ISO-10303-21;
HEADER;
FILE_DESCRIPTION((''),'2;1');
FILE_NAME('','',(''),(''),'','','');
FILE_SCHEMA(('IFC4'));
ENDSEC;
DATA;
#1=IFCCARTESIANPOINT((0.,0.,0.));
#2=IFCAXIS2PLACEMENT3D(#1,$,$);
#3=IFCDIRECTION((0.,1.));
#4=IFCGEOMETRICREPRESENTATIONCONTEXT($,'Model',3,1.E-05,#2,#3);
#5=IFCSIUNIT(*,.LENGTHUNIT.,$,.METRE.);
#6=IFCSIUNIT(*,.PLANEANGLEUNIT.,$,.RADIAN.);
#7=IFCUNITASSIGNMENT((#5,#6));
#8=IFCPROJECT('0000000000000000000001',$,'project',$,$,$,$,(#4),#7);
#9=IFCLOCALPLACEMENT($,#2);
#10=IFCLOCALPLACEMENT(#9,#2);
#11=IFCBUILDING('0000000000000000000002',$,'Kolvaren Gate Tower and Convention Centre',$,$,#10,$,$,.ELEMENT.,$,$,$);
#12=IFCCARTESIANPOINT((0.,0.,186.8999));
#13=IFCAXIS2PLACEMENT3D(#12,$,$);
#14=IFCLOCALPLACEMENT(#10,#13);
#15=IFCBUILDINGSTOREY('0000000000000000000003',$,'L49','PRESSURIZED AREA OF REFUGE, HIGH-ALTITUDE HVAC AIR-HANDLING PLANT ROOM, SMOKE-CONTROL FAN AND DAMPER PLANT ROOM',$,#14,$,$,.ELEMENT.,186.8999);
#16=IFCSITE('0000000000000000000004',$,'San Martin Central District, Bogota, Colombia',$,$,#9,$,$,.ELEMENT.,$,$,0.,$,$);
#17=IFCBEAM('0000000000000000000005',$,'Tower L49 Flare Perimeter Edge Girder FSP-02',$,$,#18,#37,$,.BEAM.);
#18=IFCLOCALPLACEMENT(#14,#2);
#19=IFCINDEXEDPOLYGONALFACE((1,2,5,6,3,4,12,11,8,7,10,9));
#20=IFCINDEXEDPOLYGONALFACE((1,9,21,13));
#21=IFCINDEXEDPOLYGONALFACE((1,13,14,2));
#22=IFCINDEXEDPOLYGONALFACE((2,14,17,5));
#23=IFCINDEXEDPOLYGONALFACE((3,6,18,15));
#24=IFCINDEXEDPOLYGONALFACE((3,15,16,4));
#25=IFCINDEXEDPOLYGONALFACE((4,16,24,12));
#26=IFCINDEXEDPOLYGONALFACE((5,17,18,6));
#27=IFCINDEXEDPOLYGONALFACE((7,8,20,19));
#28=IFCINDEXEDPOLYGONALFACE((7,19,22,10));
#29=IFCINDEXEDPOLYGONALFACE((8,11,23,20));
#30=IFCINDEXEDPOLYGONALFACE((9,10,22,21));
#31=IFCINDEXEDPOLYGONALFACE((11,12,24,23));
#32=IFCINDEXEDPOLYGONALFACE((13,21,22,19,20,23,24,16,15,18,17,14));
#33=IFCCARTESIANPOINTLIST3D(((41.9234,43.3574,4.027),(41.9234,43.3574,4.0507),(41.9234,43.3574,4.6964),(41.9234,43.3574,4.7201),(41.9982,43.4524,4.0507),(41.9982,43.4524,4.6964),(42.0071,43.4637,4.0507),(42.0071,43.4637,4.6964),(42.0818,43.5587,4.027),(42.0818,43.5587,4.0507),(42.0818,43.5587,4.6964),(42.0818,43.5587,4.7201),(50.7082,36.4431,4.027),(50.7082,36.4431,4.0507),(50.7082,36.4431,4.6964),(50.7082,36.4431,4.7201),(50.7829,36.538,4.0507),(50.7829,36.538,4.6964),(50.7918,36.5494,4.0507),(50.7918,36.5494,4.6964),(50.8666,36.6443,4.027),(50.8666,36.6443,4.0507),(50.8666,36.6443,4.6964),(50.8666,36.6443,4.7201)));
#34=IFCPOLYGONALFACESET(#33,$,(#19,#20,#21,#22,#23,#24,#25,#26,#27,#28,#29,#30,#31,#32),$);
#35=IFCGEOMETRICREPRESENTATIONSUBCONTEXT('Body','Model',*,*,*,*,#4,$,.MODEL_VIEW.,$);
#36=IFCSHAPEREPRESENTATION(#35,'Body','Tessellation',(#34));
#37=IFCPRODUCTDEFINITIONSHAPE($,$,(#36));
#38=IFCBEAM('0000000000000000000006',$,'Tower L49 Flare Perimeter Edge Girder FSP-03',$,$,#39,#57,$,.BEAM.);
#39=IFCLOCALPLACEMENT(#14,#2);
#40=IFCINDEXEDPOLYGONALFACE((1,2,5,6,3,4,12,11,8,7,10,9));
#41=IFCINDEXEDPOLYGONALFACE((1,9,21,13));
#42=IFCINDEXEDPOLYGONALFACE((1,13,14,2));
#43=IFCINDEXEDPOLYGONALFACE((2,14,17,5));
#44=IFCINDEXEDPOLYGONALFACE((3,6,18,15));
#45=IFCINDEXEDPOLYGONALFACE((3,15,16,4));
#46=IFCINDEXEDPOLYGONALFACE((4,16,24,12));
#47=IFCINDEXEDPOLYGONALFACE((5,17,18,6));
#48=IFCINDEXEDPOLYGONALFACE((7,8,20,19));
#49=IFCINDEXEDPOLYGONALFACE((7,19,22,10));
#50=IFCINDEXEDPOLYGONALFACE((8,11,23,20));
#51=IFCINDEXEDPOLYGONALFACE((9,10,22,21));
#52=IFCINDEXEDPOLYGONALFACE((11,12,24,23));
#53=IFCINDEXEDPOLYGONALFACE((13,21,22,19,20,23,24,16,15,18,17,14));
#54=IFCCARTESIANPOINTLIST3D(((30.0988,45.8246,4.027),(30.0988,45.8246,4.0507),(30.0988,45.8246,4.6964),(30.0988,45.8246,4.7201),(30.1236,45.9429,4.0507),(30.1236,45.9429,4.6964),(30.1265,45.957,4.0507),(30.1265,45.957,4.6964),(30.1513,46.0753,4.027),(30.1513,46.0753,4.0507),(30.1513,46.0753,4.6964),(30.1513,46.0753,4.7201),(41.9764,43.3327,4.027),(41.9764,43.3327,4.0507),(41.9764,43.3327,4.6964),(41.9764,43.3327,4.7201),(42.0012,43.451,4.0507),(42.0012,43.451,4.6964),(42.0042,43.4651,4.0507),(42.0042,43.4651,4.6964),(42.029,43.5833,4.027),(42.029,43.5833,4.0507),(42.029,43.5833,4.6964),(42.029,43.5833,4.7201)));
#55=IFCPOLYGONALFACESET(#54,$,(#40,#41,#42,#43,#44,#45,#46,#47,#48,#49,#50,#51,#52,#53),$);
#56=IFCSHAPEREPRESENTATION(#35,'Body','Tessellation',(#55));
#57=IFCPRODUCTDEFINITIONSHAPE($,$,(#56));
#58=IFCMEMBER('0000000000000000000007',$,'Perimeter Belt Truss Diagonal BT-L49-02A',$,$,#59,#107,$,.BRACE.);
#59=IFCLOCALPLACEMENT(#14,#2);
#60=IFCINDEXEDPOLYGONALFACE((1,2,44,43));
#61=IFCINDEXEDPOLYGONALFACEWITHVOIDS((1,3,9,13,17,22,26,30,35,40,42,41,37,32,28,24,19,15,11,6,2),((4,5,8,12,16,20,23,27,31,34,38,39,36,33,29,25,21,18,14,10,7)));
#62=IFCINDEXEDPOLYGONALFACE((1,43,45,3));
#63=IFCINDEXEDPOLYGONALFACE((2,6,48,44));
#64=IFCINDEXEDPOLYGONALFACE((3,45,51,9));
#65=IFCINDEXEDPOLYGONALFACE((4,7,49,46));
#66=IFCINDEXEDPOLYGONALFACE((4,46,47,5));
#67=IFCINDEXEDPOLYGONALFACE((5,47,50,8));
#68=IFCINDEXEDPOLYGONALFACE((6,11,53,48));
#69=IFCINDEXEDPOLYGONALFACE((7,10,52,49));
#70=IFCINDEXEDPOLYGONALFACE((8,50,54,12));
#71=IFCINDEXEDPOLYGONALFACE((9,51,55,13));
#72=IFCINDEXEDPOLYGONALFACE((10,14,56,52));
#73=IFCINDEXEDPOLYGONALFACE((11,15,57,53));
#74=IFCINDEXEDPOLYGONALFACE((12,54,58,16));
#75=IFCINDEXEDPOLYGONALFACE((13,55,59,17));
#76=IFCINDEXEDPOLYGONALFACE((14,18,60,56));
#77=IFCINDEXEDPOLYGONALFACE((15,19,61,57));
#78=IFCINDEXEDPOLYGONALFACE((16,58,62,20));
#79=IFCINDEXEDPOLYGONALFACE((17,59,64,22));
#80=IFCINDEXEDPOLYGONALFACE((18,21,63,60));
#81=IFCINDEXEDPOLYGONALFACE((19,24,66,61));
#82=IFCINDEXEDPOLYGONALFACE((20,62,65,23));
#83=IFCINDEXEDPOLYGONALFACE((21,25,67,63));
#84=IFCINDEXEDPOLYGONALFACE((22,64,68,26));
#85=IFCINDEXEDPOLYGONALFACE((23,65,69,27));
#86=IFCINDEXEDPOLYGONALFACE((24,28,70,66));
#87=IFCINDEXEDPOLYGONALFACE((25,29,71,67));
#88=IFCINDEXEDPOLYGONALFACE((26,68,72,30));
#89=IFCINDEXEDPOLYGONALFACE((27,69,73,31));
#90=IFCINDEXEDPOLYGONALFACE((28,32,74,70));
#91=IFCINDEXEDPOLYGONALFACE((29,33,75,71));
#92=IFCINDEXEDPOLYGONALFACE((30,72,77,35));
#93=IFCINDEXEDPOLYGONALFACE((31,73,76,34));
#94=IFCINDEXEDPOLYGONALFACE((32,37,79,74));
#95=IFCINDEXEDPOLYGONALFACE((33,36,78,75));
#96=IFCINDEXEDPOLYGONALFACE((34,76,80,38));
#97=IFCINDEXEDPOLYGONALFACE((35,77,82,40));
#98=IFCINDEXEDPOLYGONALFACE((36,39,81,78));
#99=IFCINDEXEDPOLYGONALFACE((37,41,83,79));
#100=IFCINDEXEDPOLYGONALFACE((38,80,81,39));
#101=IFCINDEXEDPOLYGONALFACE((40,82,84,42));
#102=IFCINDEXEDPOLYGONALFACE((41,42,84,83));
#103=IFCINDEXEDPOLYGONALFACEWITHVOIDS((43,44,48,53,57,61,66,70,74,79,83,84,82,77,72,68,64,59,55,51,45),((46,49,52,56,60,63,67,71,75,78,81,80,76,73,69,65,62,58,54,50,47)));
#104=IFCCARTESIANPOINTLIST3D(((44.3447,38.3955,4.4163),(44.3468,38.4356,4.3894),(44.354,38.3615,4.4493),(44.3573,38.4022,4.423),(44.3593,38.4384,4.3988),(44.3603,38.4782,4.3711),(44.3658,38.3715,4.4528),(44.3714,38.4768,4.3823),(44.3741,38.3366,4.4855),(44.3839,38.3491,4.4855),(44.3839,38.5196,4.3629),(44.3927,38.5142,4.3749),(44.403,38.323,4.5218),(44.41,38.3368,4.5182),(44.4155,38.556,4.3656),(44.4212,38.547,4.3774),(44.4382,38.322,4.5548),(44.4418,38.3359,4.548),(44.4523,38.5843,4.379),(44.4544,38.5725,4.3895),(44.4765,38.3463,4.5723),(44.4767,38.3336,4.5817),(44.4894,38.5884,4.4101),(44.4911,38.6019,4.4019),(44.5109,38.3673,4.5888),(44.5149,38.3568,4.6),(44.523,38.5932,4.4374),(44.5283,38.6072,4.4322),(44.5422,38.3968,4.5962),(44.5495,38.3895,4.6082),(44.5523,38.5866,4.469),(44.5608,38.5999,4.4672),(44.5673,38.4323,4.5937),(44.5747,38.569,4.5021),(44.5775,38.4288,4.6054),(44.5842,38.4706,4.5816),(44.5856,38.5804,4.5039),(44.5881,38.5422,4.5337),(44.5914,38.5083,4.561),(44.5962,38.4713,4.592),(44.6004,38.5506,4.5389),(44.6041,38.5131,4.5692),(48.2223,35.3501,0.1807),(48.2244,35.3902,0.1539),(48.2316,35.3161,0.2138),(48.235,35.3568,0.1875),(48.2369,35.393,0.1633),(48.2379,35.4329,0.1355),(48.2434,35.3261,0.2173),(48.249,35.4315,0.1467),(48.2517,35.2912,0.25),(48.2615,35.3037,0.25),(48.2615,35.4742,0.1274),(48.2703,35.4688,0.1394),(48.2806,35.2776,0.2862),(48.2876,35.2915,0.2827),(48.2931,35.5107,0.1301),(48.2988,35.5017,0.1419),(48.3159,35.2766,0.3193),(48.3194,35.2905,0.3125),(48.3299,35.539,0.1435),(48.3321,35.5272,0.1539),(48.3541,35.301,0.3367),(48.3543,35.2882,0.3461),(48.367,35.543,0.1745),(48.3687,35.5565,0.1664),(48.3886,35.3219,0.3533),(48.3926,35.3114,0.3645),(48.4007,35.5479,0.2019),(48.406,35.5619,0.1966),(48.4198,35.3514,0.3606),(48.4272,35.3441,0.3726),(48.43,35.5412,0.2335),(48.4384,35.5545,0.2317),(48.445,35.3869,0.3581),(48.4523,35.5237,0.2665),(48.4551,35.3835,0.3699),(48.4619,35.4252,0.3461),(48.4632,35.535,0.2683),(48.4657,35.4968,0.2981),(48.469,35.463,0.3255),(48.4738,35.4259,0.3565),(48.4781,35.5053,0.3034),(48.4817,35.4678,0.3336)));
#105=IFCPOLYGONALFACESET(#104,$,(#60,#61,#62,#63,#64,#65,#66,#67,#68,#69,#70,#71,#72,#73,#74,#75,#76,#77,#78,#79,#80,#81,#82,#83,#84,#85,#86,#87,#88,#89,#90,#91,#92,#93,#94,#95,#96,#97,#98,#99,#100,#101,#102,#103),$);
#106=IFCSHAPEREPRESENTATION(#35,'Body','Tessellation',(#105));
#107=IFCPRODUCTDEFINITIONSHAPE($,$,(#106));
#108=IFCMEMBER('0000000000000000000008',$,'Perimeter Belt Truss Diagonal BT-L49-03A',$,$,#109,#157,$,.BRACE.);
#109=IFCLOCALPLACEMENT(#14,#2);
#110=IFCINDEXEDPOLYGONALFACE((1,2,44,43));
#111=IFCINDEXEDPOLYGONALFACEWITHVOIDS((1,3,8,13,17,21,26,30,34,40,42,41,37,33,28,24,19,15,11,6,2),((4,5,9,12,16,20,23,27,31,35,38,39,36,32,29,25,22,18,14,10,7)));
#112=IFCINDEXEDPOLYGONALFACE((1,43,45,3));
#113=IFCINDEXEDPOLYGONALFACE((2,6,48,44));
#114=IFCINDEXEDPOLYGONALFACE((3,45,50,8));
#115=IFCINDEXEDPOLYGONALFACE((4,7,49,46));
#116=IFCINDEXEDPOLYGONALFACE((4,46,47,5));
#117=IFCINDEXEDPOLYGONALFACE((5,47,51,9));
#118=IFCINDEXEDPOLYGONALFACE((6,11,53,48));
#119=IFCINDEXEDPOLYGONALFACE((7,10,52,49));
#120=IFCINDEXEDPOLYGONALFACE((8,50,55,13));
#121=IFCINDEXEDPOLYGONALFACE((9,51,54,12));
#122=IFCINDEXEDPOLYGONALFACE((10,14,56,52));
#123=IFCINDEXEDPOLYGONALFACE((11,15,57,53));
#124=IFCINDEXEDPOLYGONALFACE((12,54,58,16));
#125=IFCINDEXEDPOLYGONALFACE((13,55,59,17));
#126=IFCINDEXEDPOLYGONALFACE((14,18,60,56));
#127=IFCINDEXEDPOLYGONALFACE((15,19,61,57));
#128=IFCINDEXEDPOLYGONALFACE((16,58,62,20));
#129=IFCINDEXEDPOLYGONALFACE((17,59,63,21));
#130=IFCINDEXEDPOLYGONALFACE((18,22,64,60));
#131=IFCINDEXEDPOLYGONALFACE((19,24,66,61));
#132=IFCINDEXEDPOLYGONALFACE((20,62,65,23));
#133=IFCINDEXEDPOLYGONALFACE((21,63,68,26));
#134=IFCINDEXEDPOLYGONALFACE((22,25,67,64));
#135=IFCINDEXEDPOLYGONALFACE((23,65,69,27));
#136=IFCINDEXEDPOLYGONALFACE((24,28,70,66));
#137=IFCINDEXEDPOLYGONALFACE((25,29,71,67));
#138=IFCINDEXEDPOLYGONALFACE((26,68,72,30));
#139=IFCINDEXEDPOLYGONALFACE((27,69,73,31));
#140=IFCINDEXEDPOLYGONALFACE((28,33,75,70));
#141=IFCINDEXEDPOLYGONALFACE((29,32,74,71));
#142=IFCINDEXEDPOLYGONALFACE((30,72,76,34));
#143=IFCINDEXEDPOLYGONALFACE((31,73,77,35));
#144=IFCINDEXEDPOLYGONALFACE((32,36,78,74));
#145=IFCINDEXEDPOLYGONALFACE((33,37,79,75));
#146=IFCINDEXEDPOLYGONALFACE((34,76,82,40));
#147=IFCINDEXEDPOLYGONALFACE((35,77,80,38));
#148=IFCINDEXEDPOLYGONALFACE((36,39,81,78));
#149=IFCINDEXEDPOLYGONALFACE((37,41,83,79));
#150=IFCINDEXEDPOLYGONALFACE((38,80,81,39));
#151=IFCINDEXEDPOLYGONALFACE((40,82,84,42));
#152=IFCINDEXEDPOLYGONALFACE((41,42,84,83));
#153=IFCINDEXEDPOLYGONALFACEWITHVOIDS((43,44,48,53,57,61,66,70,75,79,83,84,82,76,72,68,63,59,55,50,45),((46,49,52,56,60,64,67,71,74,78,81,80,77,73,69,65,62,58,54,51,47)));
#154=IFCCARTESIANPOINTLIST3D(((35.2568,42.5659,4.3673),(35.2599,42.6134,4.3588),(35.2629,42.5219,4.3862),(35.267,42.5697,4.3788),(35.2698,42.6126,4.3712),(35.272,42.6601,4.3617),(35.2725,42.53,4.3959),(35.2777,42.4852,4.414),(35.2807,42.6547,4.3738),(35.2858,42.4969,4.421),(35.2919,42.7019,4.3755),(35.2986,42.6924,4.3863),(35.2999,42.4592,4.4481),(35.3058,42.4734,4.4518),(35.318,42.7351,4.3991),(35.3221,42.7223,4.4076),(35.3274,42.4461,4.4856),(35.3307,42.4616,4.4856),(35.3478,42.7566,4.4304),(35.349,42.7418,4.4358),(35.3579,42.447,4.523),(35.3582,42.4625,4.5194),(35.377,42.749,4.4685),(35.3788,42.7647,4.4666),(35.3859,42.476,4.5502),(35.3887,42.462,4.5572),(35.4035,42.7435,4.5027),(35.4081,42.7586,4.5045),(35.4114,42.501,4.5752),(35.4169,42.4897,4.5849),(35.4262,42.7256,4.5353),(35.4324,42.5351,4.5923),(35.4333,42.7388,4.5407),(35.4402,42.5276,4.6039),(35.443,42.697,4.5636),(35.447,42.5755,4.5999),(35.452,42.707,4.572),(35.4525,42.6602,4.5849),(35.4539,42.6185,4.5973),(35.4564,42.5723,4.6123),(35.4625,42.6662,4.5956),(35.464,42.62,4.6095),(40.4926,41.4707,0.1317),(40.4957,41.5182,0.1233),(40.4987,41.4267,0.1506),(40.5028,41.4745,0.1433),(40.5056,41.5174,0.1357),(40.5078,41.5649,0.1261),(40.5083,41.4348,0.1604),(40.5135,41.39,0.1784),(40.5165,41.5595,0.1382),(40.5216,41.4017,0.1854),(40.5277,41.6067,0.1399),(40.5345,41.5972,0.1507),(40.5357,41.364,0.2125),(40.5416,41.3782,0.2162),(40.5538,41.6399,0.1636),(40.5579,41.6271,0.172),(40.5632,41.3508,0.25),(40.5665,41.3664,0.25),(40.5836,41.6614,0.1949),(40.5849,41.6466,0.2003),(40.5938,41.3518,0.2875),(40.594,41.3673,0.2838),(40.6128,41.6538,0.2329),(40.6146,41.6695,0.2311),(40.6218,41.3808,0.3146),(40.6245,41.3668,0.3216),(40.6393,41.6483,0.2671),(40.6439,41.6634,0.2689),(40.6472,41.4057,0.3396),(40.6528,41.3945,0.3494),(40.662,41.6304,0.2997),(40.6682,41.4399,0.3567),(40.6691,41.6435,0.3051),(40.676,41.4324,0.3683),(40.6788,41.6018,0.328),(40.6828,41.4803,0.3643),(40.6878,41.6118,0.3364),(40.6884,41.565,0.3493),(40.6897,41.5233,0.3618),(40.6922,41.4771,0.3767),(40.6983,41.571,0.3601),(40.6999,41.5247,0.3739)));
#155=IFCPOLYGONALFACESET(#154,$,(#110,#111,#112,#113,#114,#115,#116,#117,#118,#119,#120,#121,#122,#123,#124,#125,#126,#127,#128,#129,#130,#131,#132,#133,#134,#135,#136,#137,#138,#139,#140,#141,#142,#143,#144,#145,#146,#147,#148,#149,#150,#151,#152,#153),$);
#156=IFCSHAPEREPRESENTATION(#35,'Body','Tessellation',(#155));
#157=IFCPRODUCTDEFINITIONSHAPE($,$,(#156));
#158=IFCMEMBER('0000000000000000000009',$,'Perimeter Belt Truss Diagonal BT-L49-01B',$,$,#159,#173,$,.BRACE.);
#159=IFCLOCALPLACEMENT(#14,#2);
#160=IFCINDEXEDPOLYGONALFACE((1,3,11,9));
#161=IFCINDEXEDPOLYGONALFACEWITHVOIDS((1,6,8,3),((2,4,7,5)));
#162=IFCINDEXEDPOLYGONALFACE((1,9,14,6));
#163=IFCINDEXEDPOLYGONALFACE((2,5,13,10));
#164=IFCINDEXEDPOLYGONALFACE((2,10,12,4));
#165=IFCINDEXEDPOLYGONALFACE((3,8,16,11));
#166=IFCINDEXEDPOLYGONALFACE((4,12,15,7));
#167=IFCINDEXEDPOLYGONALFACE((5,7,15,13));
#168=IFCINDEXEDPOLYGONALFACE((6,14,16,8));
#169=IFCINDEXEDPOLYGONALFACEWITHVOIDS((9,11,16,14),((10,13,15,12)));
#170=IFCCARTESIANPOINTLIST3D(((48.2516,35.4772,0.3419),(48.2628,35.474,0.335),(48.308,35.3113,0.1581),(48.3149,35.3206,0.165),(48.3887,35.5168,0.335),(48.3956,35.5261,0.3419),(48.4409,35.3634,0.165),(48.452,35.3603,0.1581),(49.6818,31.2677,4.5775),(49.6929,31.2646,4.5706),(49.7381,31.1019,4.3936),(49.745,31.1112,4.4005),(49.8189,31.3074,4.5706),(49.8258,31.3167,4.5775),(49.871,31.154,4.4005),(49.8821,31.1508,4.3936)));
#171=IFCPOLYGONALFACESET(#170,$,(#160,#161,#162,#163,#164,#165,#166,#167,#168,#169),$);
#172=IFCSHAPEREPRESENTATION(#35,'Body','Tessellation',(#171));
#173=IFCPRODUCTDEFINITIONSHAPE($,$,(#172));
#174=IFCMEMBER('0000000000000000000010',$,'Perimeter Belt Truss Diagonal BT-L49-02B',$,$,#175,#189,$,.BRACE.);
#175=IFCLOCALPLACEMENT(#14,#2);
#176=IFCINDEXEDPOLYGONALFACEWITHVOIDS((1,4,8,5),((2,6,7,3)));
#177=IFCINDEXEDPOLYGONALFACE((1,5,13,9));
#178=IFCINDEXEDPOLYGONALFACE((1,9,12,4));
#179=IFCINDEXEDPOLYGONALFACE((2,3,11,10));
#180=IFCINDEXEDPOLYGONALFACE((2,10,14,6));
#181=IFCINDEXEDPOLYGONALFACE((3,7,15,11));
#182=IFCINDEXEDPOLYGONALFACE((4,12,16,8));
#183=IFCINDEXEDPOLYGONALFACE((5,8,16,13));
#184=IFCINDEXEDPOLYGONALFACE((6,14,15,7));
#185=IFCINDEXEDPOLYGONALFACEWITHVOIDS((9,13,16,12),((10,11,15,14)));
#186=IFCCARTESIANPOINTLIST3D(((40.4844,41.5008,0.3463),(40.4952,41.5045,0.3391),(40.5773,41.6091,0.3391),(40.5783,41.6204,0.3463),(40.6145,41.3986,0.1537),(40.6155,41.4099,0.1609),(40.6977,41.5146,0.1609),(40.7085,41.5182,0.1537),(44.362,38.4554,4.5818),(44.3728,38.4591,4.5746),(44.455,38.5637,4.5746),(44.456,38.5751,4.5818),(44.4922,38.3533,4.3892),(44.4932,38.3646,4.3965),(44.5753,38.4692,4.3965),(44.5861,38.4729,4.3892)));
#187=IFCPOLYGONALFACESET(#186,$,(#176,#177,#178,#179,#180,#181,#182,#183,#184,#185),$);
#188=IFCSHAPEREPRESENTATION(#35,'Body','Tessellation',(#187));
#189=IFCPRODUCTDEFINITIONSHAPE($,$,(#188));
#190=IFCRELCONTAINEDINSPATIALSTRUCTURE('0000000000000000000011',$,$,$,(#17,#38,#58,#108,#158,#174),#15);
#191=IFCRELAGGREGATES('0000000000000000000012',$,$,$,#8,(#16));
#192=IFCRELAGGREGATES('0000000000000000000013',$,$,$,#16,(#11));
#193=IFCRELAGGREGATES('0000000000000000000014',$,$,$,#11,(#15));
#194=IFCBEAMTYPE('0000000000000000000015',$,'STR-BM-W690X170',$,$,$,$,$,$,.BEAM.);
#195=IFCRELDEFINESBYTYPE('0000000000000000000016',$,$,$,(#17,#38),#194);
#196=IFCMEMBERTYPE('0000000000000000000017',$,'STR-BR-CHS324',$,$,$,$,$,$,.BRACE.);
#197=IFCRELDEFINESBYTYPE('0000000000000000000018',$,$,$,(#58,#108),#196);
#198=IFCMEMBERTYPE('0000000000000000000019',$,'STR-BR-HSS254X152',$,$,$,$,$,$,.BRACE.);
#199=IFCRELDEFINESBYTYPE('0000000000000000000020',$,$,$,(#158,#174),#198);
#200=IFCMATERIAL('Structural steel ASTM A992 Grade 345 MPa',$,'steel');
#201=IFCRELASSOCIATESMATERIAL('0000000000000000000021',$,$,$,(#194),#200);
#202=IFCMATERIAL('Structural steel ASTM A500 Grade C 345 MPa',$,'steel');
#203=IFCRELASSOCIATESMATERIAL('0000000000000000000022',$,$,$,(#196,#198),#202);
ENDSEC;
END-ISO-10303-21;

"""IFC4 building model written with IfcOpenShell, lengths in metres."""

from ifc_helpers import new_model, si_unit, direction, frame, origin, origin_2d, place, context, subcontext, project, spatial, hollow_rectangle, hollow_circle, i_section, extrude, material, material_profile, profile_set, type_object, element, save


model = new_model("IFC4")

# Units and contexts
model_context = context("Model", 3, precision=1e-05, world=origin(), true_north=direction((0.0, 1.0)))
body_context = subcontext(model_context, "Body", "Model", "MODEL_VIEW")
ifc_project = project(units=[si_unit("LENGTHUNIT", "METRE"), si_unit("PLANEANGLEUNIT", "RADIAN")], contexts=[model_context])

# Site, building, storey
site_placement = place(None, origin())
site = spatial("IfcSite", under=ifc_project, at=site_placement, Name="San Martin Central District, Bogota, Colombia", CompositionType="ELEMENT", RefElevation=0.0)
building_placement = place(site_placement, origin())
building = spatial("IfcBuilding", under=site, at=building_placement, Name="Kolvaren Gate Tower and Convention Centre", CompositionType="ELEMENT")
storey_placement = place(building_placement, frame((0.0, 0.0, 186.8999)))
storey = spatial("IfcBuildingStorey", under=building, at=storey_placement, Name="L49", Description="PRESSURIZED AREA OF REFUGE, HIGH-ALTITUDE HVAC AIR-HANDLING PLANT ROOM, SMOKE-CONTROL FAN AND DAMPER PLANT ROOM", CompositionType="ELEMENT", Elevation=186.8999)

# Beams
ifc_material_1 = material(Name="Structural steel ASTM A992 Grade 345 MPa", Category="steel")
ifc_material_profile_1 = material_profile(ifc_material_1, i_section(OverallWidth=0.2561, OverallDepth=0.6931, WebThickness=0.0144, FlangeThickness=0.0237, at=origin_2d()), Name="W690X170")
ifc_profile_set_1 = profile_set([ifc_material_profile_1], Name="Structural steel ASTM A992 Grade 345 MPa")
beam_type_1 = type_object("IfcBeamType", Name="STR-BM-W690X170", PredefinedType="BEAM", material=ifc_profile_set_1)
beam_1_placement = place(storey_placement, frame((50.7874, 36.5437, 4.3735), z_axis=(-0.785794, 0.618489, 0.0), x_axis=(-0.618489, -0.785794, 0.0)))
element("IfcBeam", 1, at=beam_1_placement, inside=storey, type_object=beam_type_1, Name="Tower L49 Flare Perimeter Edge Girder FSP-02", PredefinedType="BEAM", context=body_context, shape_type="SweptSolid", body=[
    extrude(i_section(OverallWidth=0.2561, OverallDepth=0.6931, WebThickness=0.0144, FlangeThickness=0.0237, at=origin_2d()), origin(), (0.0, 0.0, 1.0), 11.1794),
])
beam_2_placement = place(storey_placement, frame((42.0027, 43.458, 4.3735), z_axis=(-0.978693, 0.20533, 0.0), x_axis=(-0.20533, -0.978693, 0.0)))
element("IfcBeam", 2, at=beam_2_placement, inside=storey, type_object=beam_type_1, Name="Tower L49 Flare Perimeter Edge Girder FSP-03", PredefinedType="BEAM", context=body_context, shape_type="SweptSolid", body=[
    extrude(i_section(OverallWidth=0.2561, OverallDepth=0.6931, WebThickness=0.0144, FlangeThickness=0.0237, at=origin_2d()), origin(), (0.0, 0.0, 1.0), 12.1362),
])

# Members
ifc_material_2 = material(Name="Structural steel ASTM A500 Grade C 345 MPa", Category="steel")
ifc_material_profile_2 = material_profile(ifc_material_2, hollow_circle(Radius=0.1621, WallThickness=0.0159, at=origin_2d()), Name="CHS324X15.9")
ifc_profile_set_2 = profile_set([ifc_material_profile_2], Name="Structural steel ASTM A500 Grade C 345 MPa")
member_type_1 = type_object("IfcMemberType", Name="STR-BR-CHS324", PredefinedType="BRACE", material=ifc_profile_set_2)
member_1_placement = place(storey_placement, frame((48.3518, 35.4187, 0.25), z_axis=(-0.596558, 0.468518, 0.651621), x_axis=(-0.617653, -0.786451, 0.0)))
element("IfcMember", 3, at=member_1_placement, inside=storey, type_object=member_type_1, Name="Perimeter Belt Truss Diagonal BT-L49-02A", PredefinedType="BRACE", context=body_context, shape_type="SweptSolid", body=[
    extrude(hollow_circle(Radius=0.1621, WallThickness=0.0159, at=origin_2d()), origin(), (0.0, 0.0, 1.0), 6.5),
])
member_2_placement = place(storey_placement, frame((40.5964, 41.5095, 0.25), z_axis=(-0.767377, 0.160517, 0.620779), x_axis=(-0.204745, -0.978815, 0.0)))
element("IfcMember", 4, at=member_2_placement, inside=storey, type_object=member_type_1, Name="Perimeter Belt Truss Diagonal BT-L49-03A", PredefinedType="BRACE", context=body_context, shape_type="SweptSolid", body=[
    extrude(hollow_circle(Radius=0.1621, WallThickness=0.0159, at=origin_2d()), origin(), (0.0, 0.0, 1.0), 6.823),
])
ifc_material_profile_3 = material_profile(ifc_material_2, hollow_rectangle(XDim=0.1521, YDim=0.2539, WallThickness=0.0095, at=origin_2d()), Name="HSS254X152X9.5")
ifc_profile_set_3 = profile_set([ifc_material_profile_3], Name="Structural steel ASTM A500 Grade C 345 MPa")
member_type_2 = type_object("IfcMemberType", Name="STR-BR-HSS254X152", PredefinedType="BRACE", material=ifc_profile_set_3)
member_3_placement = place(storey_placement, frame((48.3518, 35.4187, 0.25), z_axis=(0.23291, -0.68553, 0.689784), x_axis=(0.946844, 0.321692, 0.0)))
element("IfcMember", 5, at=member_3_placement, inside=storey, type_object=member_type_2, Name="Perimeter Belt Truss Diagonal BT-L49-01B", PredefinedType="BRACE", context=body_context, shape_type="SweptSolid", body=[
    extrude(hollow_rectangle(XDim=0.1521, YDim=0.2539, WallThickness=0.0095, at=origin_2d()), origin(), (0.0, 0.0, 1.0), 6.1404),
])
member_4_placement = place(storey_placement, frame((40.5964, 41.5095, 0.25), z_axis=(0.596558, -0.468518, 0.651621), x_axis=(0.617653, 0.786451, 0.0)))
element("IfcMember", 6, at=member_4_placement, inside=storey, type_object=member_type_2, Name="Perimeter Belt Truss Diagonal BT-L49-02B", PredefinedType="BRACE", context=body_context, shape_type="SweptSolid", body=[
    extrude(hollow_rectangle(XDim=0.1521, YDim=0.2539, WallThickness=0.0095, at=origin_2d()), origin(), (0.0, 0.0, 1.0), 6.5),
])

save(model, "model.ifc")
